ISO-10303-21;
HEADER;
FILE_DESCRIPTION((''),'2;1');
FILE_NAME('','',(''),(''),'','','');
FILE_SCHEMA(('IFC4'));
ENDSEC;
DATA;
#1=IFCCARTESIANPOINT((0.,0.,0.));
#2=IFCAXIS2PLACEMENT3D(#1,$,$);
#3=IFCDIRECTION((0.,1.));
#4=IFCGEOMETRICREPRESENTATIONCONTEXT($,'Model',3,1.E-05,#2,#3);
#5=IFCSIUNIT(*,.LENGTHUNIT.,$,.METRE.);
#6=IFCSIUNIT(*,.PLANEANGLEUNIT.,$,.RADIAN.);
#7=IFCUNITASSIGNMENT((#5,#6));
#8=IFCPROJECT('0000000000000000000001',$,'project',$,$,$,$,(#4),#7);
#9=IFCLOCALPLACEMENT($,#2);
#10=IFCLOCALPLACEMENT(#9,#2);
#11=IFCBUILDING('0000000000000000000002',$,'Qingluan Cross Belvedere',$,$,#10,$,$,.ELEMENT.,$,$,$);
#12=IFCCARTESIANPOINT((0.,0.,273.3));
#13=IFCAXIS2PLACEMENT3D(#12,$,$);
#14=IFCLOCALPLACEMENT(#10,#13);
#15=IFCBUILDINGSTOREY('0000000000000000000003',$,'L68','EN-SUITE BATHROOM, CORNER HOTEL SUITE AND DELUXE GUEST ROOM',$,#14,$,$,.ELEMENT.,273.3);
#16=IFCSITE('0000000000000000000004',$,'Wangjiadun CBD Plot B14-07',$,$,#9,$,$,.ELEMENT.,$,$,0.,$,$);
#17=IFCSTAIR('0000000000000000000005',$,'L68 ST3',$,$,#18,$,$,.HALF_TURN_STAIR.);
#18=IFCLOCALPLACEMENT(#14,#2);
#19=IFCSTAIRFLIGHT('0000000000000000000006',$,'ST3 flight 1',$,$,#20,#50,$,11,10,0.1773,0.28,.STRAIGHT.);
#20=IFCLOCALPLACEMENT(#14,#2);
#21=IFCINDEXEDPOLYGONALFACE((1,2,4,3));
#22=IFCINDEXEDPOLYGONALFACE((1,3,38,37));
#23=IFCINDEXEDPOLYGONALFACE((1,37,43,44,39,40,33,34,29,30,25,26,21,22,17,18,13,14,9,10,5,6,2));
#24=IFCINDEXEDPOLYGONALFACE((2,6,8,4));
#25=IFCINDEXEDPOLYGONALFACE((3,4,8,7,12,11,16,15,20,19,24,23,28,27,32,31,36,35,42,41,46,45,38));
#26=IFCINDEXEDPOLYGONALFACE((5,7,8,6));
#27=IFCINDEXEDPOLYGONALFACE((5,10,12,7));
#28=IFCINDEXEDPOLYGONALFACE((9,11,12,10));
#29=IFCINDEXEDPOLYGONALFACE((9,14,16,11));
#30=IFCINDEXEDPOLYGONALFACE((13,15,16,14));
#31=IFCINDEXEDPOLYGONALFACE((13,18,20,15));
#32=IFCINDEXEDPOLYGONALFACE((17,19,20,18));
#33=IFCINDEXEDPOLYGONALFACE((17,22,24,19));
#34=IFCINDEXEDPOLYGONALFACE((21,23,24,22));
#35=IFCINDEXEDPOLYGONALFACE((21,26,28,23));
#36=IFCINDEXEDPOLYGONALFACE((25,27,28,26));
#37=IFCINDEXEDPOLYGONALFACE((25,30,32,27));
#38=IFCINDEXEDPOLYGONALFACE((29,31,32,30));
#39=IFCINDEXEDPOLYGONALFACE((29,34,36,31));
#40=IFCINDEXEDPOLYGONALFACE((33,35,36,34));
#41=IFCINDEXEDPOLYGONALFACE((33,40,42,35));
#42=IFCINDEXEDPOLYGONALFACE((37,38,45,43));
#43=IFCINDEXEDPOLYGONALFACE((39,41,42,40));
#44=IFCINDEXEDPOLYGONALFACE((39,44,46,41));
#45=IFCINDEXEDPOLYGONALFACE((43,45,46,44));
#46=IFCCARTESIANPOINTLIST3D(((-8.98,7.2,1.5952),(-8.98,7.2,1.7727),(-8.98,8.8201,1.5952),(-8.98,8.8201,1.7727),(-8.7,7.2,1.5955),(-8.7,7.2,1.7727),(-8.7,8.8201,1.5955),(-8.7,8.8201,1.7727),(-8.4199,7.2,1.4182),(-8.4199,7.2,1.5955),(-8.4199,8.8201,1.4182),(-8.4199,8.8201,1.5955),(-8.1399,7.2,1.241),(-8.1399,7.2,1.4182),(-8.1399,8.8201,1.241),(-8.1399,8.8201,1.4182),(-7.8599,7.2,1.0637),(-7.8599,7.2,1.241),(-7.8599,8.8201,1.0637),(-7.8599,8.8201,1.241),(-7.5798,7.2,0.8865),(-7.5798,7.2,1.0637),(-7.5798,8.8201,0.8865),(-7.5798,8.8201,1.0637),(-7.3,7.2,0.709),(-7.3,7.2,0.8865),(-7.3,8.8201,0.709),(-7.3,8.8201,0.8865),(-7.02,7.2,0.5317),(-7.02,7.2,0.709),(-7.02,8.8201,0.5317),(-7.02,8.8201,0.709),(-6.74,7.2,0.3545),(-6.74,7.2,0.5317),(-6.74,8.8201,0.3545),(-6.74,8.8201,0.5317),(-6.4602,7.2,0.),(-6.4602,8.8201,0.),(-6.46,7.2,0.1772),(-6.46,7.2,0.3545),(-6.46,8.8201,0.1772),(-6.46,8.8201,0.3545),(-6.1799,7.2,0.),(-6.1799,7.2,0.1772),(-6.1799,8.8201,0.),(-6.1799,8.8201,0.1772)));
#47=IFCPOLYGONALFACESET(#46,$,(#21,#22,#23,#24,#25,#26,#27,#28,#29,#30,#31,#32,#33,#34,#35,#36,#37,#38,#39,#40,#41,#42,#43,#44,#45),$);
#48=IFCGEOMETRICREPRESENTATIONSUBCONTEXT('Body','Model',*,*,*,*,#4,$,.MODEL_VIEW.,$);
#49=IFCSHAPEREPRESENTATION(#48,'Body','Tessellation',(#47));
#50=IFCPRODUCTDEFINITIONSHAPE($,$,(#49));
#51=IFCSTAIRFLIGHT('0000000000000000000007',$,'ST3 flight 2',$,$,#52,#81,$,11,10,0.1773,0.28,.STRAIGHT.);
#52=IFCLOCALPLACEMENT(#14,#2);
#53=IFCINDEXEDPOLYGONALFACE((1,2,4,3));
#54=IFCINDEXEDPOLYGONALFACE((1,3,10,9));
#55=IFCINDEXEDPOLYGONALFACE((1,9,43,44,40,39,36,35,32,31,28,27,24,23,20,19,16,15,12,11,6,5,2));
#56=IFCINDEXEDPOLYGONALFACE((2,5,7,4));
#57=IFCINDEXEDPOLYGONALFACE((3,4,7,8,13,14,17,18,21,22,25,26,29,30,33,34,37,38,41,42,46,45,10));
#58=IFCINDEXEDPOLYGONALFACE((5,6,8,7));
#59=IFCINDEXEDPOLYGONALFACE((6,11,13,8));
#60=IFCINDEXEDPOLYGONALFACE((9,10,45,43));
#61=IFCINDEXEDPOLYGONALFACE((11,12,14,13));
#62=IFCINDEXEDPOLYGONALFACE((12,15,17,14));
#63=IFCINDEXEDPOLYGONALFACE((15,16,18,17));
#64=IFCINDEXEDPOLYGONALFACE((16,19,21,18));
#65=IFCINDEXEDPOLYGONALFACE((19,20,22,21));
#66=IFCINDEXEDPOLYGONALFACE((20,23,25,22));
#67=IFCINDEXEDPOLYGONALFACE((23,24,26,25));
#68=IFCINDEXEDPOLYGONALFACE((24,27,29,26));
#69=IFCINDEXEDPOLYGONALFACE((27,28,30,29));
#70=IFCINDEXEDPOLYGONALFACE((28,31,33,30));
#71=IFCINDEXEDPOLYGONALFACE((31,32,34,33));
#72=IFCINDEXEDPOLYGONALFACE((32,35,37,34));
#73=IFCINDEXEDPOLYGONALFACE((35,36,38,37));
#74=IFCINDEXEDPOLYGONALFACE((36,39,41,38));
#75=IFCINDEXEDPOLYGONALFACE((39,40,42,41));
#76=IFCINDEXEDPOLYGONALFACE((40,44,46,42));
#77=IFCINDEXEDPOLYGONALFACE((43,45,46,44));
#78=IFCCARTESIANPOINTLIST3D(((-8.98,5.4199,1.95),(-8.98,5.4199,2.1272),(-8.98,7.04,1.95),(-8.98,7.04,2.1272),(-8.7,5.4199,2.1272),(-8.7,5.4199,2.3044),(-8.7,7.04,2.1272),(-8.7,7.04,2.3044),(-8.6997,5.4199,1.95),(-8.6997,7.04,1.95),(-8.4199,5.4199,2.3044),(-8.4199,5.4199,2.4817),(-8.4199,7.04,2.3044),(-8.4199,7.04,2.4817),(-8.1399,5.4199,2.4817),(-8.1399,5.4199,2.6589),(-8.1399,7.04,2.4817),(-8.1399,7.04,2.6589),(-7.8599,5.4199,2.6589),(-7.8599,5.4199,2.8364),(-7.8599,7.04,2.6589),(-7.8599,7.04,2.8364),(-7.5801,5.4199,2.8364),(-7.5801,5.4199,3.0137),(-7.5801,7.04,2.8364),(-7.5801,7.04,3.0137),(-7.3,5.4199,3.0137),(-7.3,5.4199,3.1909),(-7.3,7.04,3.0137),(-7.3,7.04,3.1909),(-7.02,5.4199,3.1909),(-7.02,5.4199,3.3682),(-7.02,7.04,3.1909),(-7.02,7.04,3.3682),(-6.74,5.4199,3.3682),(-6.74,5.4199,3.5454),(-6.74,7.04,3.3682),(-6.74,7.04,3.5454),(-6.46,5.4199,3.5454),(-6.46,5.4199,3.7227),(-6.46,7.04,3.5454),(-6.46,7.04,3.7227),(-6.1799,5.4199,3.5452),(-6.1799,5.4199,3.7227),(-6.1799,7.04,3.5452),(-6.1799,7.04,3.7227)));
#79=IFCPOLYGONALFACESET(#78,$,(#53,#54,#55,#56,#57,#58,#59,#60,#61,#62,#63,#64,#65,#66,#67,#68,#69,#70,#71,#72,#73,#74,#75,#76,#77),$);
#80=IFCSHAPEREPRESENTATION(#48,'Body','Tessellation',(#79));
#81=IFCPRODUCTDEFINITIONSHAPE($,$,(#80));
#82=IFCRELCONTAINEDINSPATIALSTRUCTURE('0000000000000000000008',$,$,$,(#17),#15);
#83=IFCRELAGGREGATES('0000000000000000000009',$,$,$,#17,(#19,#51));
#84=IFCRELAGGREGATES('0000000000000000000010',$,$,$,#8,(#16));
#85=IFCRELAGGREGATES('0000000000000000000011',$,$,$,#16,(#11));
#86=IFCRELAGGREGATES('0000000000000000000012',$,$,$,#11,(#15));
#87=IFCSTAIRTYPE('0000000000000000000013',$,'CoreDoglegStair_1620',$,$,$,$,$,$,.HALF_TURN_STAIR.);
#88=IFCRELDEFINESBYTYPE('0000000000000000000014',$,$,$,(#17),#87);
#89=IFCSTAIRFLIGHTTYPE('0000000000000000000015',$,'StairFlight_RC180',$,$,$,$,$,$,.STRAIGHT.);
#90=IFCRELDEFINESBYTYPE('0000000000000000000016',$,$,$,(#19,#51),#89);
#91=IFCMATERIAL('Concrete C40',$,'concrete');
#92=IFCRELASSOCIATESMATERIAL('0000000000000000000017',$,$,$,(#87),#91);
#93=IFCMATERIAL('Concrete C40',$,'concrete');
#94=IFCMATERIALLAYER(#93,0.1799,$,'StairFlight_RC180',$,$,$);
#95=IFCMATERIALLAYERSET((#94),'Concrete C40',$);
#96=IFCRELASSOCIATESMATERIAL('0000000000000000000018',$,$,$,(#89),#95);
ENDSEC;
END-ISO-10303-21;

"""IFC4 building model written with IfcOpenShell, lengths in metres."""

from ifc_helpers import new_model, si_unit, direction, frame, origin, place, context, subcontext, project, spatial, polyline, outline, extrude, material, layer, layer_set, type_object, element, aggregate, save


model = new_model("IFC4")

# Units and contexts
model_context = context("Model", 3, precision=1e-05, world=origin(), true_north=direction((0.0, 1.0)))
body_context = subcontext(model_context, "Body", "Model", "MODEL_VIEW")
ifc_project = project(units=[si_unit("LENGTHUNIT", "METRE"), si_unit("PLANEANGLEUNIT", "RADIAN")], contexts=[model_context])

# Site, building, storey
site_placement = place(None, origin())
site = spatial("IfcSite", under=ifc_project, at=site_placement, Name="Wangjiadun CBD Plot B14-07", CompositionType="ELEMENT", RefElevation=0.0)
building_placement = place(site_placement, origin())
building = spatial("IfcBuilding", under=site, at=building_placement, Name="Qingluan Cross Belvedere", CompositionType="ELEMENT")
storey_placement = place(building_placement, frame((0.0, 0.0, 273.3)))
storey = spatial("IfcBuildingStorey", under=building, at=storey_placement, Name="L68", Description="EN-SUITE BATHROOM, CORNER HOTEL SUITE AND DELUXE GUEST ROOM", CompositionType="ELEMENT", Elevation=273.3)

# Stair, stair flights
ifc_material_1 = material(Name="Concrete C40", Category="concrete")
stair_type = type_object("IfcStairType", Name="CoreDoglegStair_1620", PredefinedType="HALF_TURN_STAIR", material=ifc_material_1)
stair_placement = place(storey_placement, origin())
stair = element("IfcStair", 1, at=stair_placement, inside=storey, type_object=stair_type, Name="L68 ST3", PredefinedType="HALF_TURN_STAIR")
ifc_material_2 = material(Name="Concrete C40", Category="concrete")
ifc_layer_1 = layer(ifc_material_2, 0.1799, Name="StairFlight_RC180")
ifc_layer_set_1 = layer_set([ifc_layer_1], Name="Concrete C40")
stair_flight_type = type_object("IfcStairFlightType", Name="StairFlight_RC180", PredefinedType="STRAIGHT", material=ifc_layer_set_1)
stair_flight_1_placement = place(storey_placement, frame((-6.1799, 8.01, 0.0), z_axis=(0.0, 0.0, 1.0), x_axis=(-1.0, 0.0, 0.0)))
stair_flight_1 = element("IfcStairFlight", 2, at=stair_flight_1_placement, type_object=stair_flight_type, Name="ST3 flight 1", NumberOfRisers=11, NumberOfTreads=10, PredefinedType="STRAIGHT", RiserHeight=0.1773, TreadLength=0.28, context=body_context, shape_type="SweptSolid", body=[
    extrude(outline(polyline([(0.0, 0.0), (0.0, 0.1772), (0.28, 0.1772), (0.28, 0.3545), (0.5601, 0.3545), (0.5601, 0.5317), (0.8401, 0.5317), (0.8401, 0.709), (1.1201, 0.709), (1.1201, 0.8865), (1.3999, 0.8865), (1.3999, 1.0637), (1.6799, 1.0637), (1.6799, 1.241), (1.96, 1.241), (1.96, 1.4182), (2.24, 1.4182), (2.24, 1.5955), (2.52, 1.5955), (2.52, 1.7727), (2.8, 1.7727), (2.8, 1.95), (2.8, 1.5952), (0.2803, 0.0), (0.0, 0.0)])), frame((0.0, 0.8101, 0.0), z_axis=(0.0, -1.0, 0.0), x_axis=(1.0, 0.0, 0.0)), (0.0, 0.0, 1.0), 1.6201),
])
stair_flight_2_placement = place(storey_placement, frame((-8.98, 6.23, 1.95), z_axis=(0.0, 0.0, 1.0), x_axis=(1.0, 0.0, 0.0)))
stair_flight_2 = element("IfcStairFlight", 3, at=stair_flight_2_placement, type_object=stair_flight_type, Name="ST3 flight 2", NumberOfRisers=11, NumberOfTreads=10, PredefinedType="STRAIGHT", RiserHeight=0.1773, TreadLength=0.28, context=body_context, shape_type="SweptSolid", body=[
    extrude(outline(polyline([(0.0, 0.0), (0.0, 0.1772), (0.28, 0.1772), (0.28, 0.3545), (0.5601, 0.3545), (0.5601, 0.5317), (0.8401, 0.5317), (0.8401, 0.709), (1.1201, 0.709), (1.1201, 0.8865), (1.3999, 0.8865), (1.3999, 1.0637), (1.6799, 1.0637), (1.6799, 1.241), (1.96, 1.241), (1.96, 1.4182), (2.24, 1.4182), (2.24, 1.5955), (2.52, 1.5955), (2.52, 1.7727), (2.8, 1.7727), (2.8, 1.95), (2.8, 1.5952), (0.2803, 0.0), (0.0, 0.0)])), frame((0.0, 0.8101, 0.0), z_axis=(0.0, -1.0, 0.0), x_axis=(1.0, 0.0, 0.0)), (0.0, 0.0, 1.0), 1.6201),
])
aggregate(stair, [stair_flight_1, stair_flight_2])

save(model, "model.ifc")
